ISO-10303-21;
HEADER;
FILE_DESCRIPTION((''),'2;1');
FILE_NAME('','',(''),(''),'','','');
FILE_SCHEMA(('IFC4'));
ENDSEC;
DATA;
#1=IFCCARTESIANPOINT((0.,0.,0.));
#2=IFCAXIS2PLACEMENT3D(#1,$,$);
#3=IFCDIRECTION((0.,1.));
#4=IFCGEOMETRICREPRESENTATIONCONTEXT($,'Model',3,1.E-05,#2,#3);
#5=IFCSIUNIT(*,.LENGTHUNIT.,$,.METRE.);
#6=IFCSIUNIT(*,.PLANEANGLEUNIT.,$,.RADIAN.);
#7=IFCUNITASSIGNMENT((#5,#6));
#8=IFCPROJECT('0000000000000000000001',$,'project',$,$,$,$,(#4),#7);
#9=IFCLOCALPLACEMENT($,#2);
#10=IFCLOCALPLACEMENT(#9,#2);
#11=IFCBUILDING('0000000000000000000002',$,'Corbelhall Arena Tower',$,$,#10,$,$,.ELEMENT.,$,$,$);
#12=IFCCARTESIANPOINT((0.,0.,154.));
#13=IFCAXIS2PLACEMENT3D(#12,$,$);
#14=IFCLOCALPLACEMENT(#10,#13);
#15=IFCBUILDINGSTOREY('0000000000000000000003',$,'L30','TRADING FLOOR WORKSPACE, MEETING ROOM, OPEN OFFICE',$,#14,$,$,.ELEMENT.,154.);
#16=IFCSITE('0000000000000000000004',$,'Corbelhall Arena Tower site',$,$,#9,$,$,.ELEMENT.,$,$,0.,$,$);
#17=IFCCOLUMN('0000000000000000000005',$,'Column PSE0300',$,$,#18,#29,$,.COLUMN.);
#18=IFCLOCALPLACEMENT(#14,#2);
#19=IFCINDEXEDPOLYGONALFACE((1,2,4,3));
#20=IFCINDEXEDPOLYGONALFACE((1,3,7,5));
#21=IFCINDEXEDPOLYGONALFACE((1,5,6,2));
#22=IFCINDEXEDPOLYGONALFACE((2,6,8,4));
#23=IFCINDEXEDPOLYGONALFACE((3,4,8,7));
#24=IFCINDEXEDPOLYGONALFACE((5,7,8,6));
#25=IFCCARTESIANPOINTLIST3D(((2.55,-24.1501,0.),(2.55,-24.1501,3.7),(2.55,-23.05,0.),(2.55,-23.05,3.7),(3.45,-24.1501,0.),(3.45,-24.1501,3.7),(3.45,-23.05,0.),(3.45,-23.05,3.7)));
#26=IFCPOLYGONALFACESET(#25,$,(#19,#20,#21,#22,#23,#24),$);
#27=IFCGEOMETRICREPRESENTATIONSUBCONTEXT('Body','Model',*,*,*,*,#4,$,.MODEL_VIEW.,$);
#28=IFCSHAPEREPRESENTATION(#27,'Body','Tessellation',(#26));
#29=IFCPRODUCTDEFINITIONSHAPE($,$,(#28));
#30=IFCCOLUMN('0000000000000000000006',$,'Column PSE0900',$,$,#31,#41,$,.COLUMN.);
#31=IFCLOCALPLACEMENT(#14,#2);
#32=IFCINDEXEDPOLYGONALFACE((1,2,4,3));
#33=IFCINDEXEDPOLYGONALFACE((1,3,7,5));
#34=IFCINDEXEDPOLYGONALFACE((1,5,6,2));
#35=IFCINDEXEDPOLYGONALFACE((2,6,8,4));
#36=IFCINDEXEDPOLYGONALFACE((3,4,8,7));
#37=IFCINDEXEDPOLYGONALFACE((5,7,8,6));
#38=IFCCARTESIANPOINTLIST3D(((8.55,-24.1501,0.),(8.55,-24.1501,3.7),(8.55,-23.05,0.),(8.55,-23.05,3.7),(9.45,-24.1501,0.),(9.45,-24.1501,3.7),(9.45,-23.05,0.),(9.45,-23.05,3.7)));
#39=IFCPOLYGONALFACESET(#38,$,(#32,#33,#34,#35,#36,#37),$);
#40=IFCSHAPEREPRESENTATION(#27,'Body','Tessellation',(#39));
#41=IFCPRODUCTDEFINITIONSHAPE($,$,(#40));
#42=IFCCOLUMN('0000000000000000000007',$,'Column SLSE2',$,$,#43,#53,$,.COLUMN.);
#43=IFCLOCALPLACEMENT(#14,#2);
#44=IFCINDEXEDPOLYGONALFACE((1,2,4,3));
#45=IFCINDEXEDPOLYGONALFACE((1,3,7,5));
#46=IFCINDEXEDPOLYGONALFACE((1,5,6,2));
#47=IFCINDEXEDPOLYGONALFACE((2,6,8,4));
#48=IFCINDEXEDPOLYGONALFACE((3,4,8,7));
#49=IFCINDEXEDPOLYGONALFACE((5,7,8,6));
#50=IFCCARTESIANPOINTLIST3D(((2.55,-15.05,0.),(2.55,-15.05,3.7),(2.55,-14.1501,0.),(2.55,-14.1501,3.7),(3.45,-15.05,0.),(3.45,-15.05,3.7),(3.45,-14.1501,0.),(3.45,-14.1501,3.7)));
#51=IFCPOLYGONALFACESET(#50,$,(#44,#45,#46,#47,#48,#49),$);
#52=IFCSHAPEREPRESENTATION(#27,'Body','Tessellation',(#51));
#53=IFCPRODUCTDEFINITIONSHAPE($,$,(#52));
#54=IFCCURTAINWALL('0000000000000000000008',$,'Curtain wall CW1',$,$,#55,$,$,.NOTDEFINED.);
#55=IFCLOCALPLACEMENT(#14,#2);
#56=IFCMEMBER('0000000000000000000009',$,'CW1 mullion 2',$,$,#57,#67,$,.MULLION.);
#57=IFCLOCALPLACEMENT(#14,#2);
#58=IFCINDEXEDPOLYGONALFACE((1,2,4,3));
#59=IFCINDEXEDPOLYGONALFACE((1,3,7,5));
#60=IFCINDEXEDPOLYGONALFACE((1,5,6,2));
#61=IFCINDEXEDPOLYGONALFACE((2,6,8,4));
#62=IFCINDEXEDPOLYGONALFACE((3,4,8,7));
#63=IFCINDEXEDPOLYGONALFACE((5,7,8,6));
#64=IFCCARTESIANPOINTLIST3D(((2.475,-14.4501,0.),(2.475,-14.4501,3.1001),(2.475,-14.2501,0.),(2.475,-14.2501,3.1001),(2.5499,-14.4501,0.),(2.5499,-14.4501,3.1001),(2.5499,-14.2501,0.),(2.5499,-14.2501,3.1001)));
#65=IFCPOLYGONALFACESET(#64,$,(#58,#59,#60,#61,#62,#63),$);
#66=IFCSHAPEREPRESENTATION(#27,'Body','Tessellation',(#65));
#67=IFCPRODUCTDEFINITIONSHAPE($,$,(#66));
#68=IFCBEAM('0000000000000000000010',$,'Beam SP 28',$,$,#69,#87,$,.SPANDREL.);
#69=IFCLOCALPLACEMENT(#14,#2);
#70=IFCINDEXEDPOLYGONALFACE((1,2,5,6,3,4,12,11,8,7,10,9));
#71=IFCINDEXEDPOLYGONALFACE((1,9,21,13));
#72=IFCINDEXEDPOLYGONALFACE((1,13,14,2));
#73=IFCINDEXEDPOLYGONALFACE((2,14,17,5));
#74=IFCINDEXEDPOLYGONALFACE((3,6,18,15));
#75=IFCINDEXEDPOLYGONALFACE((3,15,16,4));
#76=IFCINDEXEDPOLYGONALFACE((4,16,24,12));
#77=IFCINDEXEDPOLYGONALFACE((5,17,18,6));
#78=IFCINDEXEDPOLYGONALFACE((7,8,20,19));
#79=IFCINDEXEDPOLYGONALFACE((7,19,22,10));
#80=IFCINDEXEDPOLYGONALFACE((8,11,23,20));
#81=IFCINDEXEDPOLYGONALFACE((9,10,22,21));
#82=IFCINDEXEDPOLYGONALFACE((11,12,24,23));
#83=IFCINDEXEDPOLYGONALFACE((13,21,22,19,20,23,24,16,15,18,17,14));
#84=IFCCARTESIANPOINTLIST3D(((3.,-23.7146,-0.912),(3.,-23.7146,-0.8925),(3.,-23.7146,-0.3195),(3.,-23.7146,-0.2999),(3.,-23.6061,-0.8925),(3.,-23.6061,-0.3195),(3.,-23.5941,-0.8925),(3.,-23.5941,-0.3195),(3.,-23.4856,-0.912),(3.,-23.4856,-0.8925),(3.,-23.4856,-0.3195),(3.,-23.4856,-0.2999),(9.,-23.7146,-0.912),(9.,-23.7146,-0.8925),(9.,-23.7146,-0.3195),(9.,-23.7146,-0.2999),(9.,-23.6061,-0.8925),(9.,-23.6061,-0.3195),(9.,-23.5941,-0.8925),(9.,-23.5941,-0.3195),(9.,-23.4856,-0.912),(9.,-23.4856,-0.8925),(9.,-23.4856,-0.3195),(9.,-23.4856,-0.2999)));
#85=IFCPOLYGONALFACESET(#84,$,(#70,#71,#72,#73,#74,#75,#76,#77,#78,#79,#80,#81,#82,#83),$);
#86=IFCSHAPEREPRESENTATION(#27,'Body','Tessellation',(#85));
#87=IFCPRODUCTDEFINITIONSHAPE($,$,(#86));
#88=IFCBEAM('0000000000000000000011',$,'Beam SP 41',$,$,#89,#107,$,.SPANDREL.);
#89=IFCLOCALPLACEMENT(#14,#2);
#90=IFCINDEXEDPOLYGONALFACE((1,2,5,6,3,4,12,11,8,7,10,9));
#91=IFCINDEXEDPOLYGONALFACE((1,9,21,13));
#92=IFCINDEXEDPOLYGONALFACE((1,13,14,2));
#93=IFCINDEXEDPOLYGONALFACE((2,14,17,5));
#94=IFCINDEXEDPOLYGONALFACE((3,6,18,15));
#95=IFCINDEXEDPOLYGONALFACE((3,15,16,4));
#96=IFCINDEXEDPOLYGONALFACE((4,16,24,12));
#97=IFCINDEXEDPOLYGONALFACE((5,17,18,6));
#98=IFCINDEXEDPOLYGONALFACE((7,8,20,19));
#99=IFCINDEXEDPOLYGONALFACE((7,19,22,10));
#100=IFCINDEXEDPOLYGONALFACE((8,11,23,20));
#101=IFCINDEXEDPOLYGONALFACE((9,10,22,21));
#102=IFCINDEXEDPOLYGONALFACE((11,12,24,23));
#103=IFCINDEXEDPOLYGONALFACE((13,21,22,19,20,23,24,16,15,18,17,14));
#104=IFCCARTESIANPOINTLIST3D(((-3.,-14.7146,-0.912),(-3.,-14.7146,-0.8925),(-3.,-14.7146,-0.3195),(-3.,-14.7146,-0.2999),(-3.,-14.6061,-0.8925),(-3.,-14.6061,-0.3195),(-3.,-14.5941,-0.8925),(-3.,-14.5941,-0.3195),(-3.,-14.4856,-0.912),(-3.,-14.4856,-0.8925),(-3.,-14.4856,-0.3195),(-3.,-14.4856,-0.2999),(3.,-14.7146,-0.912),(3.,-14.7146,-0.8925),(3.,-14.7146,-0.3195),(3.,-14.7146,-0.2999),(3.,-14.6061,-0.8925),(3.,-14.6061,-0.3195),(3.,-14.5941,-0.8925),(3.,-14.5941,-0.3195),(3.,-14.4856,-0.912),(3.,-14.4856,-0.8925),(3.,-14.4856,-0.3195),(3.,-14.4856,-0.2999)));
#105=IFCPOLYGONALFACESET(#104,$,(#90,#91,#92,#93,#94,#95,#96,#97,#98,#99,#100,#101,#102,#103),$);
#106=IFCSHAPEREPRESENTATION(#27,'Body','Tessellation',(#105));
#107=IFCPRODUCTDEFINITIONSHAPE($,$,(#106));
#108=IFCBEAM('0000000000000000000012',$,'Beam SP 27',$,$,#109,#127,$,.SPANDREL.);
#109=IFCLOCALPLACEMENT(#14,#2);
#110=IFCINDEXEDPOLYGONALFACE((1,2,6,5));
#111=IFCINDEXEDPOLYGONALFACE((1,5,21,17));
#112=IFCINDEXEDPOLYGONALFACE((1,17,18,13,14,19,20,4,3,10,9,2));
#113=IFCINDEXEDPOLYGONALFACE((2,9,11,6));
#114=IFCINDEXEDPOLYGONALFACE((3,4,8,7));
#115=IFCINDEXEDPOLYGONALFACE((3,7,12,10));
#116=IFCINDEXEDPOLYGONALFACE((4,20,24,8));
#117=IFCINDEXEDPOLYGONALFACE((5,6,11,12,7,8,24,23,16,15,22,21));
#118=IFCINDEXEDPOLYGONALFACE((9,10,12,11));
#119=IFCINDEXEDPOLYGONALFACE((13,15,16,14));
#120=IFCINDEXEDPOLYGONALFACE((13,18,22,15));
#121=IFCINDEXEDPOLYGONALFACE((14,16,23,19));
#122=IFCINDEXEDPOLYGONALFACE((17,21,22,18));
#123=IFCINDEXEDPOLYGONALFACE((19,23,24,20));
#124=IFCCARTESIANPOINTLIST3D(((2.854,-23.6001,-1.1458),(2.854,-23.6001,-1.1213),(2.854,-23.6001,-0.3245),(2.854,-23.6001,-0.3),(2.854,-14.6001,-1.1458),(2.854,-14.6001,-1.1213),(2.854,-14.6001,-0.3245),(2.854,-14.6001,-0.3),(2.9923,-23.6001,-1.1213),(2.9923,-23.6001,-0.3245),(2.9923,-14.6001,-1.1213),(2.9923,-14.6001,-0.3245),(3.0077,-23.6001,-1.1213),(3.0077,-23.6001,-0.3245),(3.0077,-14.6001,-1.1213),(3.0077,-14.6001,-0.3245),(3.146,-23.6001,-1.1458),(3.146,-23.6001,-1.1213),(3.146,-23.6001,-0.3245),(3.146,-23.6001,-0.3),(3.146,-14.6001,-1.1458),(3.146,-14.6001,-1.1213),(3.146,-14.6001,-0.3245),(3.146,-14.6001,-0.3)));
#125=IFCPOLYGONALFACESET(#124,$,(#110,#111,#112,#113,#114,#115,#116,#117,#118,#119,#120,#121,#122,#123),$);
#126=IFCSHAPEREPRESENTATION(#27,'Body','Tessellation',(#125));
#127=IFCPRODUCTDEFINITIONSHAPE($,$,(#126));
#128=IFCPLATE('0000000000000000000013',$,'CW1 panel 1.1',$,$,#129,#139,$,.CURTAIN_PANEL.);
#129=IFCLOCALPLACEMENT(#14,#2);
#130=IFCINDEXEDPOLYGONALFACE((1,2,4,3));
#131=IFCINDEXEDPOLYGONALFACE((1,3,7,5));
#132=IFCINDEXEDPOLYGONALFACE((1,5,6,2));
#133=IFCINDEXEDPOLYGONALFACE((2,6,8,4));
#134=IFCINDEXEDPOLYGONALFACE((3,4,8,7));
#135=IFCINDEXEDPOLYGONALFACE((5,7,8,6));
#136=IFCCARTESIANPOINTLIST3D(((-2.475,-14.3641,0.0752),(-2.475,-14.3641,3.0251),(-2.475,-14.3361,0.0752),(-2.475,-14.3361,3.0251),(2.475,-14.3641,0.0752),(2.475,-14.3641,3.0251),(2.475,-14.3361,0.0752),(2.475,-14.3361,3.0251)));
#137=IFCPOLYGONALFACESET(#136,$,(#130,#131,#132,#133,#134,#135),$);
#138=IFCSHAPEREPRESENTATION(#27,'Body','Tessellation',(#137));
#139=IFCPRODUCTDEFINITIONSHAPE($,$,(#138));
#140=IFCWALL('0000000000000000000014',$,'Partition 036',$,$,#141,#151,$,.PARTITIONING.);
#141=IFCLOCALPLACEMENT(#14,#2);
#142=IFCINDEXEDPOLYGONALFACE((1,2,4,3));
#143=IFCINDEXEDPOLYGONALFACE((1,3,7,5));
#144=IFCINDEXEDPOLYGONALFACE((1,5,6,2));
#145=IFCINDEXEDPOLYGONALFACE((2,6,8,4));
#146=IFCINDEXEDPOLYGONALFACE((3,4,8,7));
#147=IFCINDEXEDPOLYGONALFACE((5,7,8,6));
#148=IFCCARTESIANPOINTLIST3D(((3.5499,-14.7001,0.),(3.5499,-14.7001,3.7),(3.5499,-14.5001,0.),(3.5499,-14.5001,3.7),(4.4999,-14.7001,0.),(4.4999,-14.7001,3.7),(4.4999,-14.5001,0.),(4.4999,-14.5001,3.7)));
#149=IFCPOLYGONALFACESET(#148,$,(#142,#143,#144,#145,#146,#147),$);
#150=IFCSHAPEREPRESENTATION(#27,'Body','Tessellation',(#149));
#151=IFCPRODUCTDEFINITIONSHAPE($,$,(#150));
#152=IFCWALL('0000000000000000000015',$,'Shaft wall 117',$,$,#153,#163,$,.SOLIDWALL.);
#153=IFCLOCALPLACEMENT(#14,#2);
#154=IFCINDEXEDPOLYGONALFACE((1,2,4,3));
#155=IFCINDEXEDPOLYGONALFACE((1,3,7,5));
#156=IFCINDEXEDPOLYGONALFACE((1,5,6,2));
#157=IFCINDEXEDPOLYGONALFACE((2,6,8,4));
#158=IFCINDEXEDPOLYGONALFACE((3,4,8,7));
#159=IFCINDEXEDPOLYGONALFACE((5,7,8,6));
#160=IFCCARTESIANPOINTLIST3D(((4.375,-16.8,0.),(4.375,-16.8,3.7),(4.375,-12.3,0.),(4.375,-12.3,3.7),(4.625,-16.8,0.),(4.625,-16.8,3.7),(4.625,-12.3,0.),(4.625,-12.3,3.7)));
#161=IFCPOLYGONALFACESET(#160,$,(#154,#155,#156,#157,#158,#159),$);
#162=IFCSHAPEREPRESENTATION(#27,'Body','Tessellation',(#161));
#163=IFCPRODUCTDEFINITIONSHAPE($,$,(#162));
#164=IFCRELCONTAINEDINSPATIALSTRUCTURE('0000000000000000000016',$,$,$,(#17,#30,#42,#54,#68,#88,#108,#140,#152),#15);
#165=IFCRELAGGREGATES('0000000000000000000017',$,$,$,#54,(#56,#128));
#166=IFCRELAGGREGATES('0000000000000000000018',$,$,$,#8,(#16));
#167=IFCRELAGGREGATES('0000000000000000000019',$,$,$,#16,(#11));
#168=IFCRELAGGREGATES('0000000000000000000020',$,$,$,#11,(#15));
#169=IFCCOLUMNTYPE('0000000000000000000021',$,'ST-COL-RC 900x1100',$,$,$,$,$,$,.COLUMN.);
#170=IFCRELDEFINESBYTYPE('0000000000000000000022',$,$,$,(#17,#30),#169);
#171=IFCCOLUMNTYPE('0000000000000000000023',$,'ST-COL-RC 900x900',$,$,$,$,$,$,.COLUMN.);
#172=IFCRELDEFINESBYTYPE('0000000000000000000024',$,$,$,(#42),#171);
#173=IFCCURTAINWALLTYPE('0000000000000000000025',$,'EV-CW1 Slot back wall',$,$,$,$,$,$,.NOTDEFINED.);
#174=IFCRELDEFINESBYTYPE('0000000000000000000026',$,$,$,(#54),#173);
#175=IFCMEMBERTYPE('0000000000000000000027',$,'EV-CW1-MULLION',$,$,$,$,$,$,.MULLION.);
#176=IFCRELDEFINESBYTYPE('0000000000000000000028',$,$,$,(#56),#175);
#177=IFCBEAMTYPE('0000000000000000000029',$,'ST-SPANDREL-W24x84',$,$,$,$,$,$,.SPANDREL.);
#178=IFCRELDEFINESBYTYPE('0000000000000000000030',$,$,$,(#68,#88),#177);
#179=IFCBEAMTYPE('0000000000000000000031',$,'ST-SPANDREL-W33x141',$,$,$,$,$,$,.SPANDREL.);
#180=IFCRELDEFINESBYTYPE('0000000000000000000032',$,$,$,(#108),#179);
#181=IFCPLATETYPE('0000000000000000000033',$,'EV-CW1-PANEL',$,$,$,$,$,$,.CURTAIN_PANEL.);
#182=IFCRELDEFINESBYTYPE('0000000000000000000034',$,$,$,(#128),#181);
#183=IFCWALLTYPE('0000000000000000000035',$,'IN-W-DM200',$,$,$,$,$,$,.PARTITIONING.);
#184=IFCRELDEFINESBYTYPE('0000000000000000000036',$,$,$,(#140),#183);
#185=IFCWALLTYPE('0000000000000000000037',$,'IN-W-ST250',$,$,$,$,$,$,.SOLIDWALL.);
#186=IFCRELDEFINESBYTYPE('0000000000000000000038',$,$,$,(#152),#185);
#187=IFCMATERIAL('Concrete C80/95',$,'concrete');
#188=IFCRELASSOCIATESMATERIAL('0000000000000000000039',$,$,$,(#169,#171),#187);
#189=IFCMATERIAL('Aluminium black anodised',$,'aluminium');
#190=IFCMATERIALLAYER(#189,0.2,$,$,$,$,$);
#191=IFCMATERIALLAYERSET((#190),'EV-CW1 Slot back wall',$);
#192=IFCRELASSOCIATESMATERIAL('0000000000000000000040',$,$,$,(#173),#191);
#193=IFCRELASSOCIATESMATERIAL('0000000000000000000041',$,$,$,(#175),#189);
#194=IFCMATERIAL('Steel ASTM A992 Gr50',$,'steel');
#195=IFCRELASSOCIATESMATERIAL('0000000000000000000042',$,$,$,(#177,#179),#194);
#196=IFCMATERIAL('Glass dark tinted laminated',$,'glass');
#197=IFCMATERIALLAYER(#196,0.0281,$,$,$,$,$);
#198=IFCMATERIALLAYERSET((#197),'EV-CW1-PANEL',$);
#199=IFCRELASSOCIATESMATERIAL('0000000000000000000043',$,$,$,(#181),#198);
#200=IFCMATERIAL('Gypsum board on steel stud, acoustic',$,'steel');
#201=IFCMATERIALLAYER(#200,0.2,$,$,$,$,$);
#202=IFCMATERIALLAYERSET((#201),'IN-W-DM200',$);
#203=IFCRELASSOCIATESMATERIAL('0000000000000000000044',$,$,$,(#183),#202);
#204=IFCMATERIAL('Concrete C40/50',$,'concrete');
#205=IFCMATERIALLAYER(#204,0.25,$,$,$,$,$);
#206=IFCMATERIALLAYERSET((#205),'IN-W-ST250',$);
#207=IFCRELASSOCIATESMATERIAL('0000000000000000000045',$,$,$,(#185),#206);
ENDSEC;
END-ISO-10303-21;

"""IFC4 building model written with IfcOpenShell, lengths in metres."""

from ifc_helpers import new_model, si_unit, direction, frame, frame_2d, origin, origin_2d, place, context, subcontext, project, spatial, rectangle, i_section, extrude, material, layer, layer_set, material_profile, profile_set, type_object, element, aggregate, save


model = new_model("IFC4")

# Units and contexts
model_context = context("Model", 3, precision=1e-05, world=origin(), true_north=direction((0.0, 1.0)))
body_context = subcontext(model_context, "Body", "Model", "MODEL_VIEW")
ifc_project = project(units=[si_unit("LENGTHUNIT", "METRE"), si_unit("PLANEANGLEUNIT", "RADIAN")], contexts=[model_context])

# Site, building, storey
site_placement = place(None, origin())
site = spatial("IfcSite", under=ifc_project, at=site_placement, Name="Corbelhall Arena Tower site", CompositionType="ELEMENT", RefElevation=0.0)
building_placement = place(site_placement, origin())
building = spatial("IfcBuilding", under=site, at=building_placement, Name="Corbelhall Arena Tower", CompositionType="ELEMENT")
storey_placement = place(building_placement, frame((0.0, 0.0, 154.0)))
storey = spatial("IfcBuildingStorey", under=building, at=storey_placement, Name="L30", Description="TRADING FLOOR WORKSPACE, MEETING ROOM, OPEN OFFICE", CompositionType="ELEMENT", Elevation=154.0)

# Columns
ifc_material_1 = material(Name="Concrete C80/95", Category="concrete")
ifc_material_profile_1 = material_profile(ifc_material_1, rectangle(XDim=0.8999, YDim=1.1001, at=origin_2d()))
ifc_profile_set_1 = profile_set([ifc_material_profile_1], Name="Concrete C80/95")
column_type_1 = type_object("IfcColumnType", Name="ST-COL-RC 900x1100", PredefinedType="COLUMN", material=ifc_profile_set_1)
for number, where, z_axis, x_axis, name in (
    (1, (3.0, -23.6001, 0.0), (0.0, 0.0, 1.0), (1.0, 0.0, 0.0), "Column PSE0300"),
    (2, (9.0, -23.6001, 0.0), (0.0, 0.0, 1.0), (1.0, 0.0, 0.0), "Column PSE0900"),
):
    element("IfcColumn", number, at=place(storey_placement, frame(where, z_axis=z_axis, x_axis=x_axis)), inside=storey, type_object=column_type_1, Name=name, PredefinedType="COLUMN", context=body_context, shape_type="SweptSolid", body=[
        extrude(rectangle(XDim=0.8999, YDim=1.1001, at=origin_2d()), origin(), (0.0, 0.0, 1.0), 3.7),
    ])
ifc_material_profile_2 = material_profile(ifc_material_1, rectangle(XDim=0.8999, YDim=0.8999, at=origin_2d()))
ifc_profile_set_2 = profile_set([ifc_material_profile_2], Name="Concrete C80/95")
column_type_2 = type_object("IfcColumnType", Name="ST-COL-RC 900x900", PredefinedType="COLUMN", material=ifc_profile_set_2)
column_placement = place(storey_placement, frame((3.0, -14.6001, 0.0), z_axis=(0.0, 0.0, 1.0), x_axis=(1.0, 0.0, 0.0)))
element("IfcColumn", 3, at=column_placement, inside=storey, type_object=column_type_2, Name="Column SLSE2", PredefinedType="COLUMN", context=body_context, shape_type="SweptSolid", body=[
    extrude(rectangle(XDim=0.8999, YDim=0.8999, at=origin_2d()), origin(), (0.0, 0.0, 1.0), 3.7),
])

# Curtain wall, member
ifc_material_2 = material(Name="Aluminium black anodised", Category="aluminium")
ifc_layer_1 = layer(ifc_material_2, 0.2)
ifc_layer_set_1 = layer_set([ifc_layer_1], Name="EV-CW1 Slot back wall")
curtain_wall_type = type_object("IfcCurtainWallType", Name="EV-CW1 Slot back wall", PredefinedType="NOTDEFINED", material=ifc_layer_set_1)
curtain_wall_placement = place(storey_placement, origin())
curtain_wall = element("IfcCurtainWall", 4, at=curtain_wall_placement, inside=storey, type_object=curtain_wall_type, Name="Curtain wall CW1", PredefinedType="NOTDEFINED")
ifc_material_profile_3 = material_profile(ifc_material_2, rectangle(XDim=0.2, YDim=0.075, at=origin_2d()))
ifc_profile_set_3 = profile_set([ifc_material_profile_3], Name="Aluminium black anodised")
member_type = type_object("IfcMemberType", Name="EV-CW1-MULLION", PredefinedType="MULLION", material=ifc_profile_set_3)
member_placement = place(storey_placement, frame((2.5125, -14.3501, 0.0), z_axis=(0.0, 0.0, 1.0), x_axis=(0.0, 1.0, 0.0)))
member = element("IfcMember", 5, at=member_placement, type_object=member_type, Name="CW1 mullion 2", PredefinedType="MULLION", context=body_context, shape_type="SweptSolid", body=[
    extrude(rectangle(XDim=0.2, YDim=0.075, at=origin_2d()), origin(), (0.0, 0.0, 1.0), 3.1001),
])

# Beams
ifc_material_3 = material(Name="Steel ASTM A992 Gr50", Category="steel")
ifc_material_profile_4 = material_profile(ifc_material_3, i_section(OverallWidth=0.229, OverallDepth=0.6121, WebThickness=0.012, FlangeThickness=0.0195, at=origin_2d()))
ifc_profile_set_4 = profile_set([ifc_material_profile_4], Name="Steel ASTM A992 Gr50")
beam_type_1 = type_object("IfcBeamType", Name="ST-SPANDREL-W24x84", PredefinedType="SPANDREL", material=ifc_profile_set_4)
for number, where, z_axis, x_axis, name in (
    (6, (9.0, -23.6001, -0.606), (-1.0, 0.0, 0.0), (0.0, -1.0, 0.0), "Beam SP 28"),
    (7, (3.0, -14.6001, -0.606), (-1.0, 0.0, 0.0), (0.0, -1.0, 0.0), "Beam SP 41"),
):
    element("IfcBeam", number, at=place(storey_placement, frame(where, z_axis=z_axis, x_axis=x_axis)), inside=storey, type_object=beam_type_1, Name=name, PredefinedType="SPANDREL", context=body_context, shape_type="SweptSolid", body=[
        extrude(i_section(OverallWidth=0.229, OverallDepth=0.6121, WebThickness=0.012, FlangeThickness=0.0195, at=origin_2d()), origin(), (0.0, 0.0, 1.0), 6.0),
    ])
ifc_material_profile_5 = material_profile(ifc_material_3, i_section(OverallWidth=0.292, OverallDepth=0.8457, WebThickness=0.0154, FlangeThickness=0.0244, at=origin_2d()))
ifc_profile_set_5 = profile_set([ifc_material_profile_5], Name="Steel ASTM A992 Gr50")
beam_type_2 = type_object("IfcBeamType", Name="ST-SPANDREL-W33x141", PredefinedType="SPANDREL", material=ifc_profile_set_5)
beam_placement = place(storey_placement, frame((3.0, -23.6001, -0.7229), z_axis=(0.0, 1.0, 0.0), x_axis=(-1.0, 0.0, 0.0)))
element("IfcBeam", 8, at=beam_placement, inside=storey, type_object=beam_type_2, Name="Beam SP 27", PredefinedType="SPANDREL", context=body_context, shape_type="SweptSolid", body=[
    extrude(i_section(OverallWidth=0.292, OverallDepth=0.8457, WebThickness=0.0154, FlangeThickness=0.0244, at=origin_2d()), origin(), (0.0, 0.0, 1.0), 9.0),
])

# Plate
ifc_material_4 = material(Name="Glass dark tinted laminated", Category="glass")
ifc_layer_2 = layer(ifc_material_4, 0.0281)
ifc_layer_set_2 = layer_set([ifc_layer_2], Name="EV-CW1-PANEL")
plate_type = type_object("IfcPlateType", Name="EV-CW1-PANEL", PredefinedType="CURTAIN_PANEL", material=ifc_layer_set_2)
plate_placement = place(storey_placement, frame((0.0, -14.3501, 0.0752), z_axis=(0.0, 0.0, 1.0), x_axis=(1.0, 0.0, 0.0)))
plate = element("IfcPlate", 9, at=plate_placement, type_object=plate_type, Name="CW1 panel 1.1", PredefinedType="CURTAIN_PANEL", context=body_context, shape_type="SweptSolid", body=[
    extrude(rectangle(XDim=4.95, YDim=0.0281, at=origin_2d()), origin(), (0.0, 0.0, 1.0), 2.95),
])
aggregate(curtain_wall, [member, plate])

# Walls
ifc_material_5 = material(Name="Gypsum board on steel stud, acoustic", Category="steel")
ifc_layer_3 = layer(ifc_material_5, 0.2)
ifc_layer_set_3 = layer_set([ifc_layer_3], Name="IN-W-DM200")
wall_type_1 = type_object("IfcWallType", Name="IN-W-DM200", PredefinedType="PARTITIONING", material=ifc_layer_set_3)
wall_1_placement = place(storey_placement, frame((4.5, -14.6001, 0.0), z_axis=(0.0, 0.0, 1.0), x_axis=(-1.0, 0.0, 0.0)))
element("IfcWall", 10, at=wall_1_placement, inside=storey, type_object=wall_type_1, Name="Partition 036", PredefinedType="PARTITIONING", context=body_context, shape_type="SweptSolid", body=[
    extrude(rectangle(XDim=0.95, YDim=0.2, at=frame_2d((0.4751, 0.0))), origin(), (0.0, 0.0, 1.0), 3.7),
])
ifc_material_6 = material(Name="Concrete C40/50", Category="concrete")
ifc_layer_4 = layer(ifc_material_6, 0.25)
ifc_layer_set_4 = layer_set([ifc_layer_4], Name="IN-W-ST250")
wall_type_2 = type_object("IfcWallType", Name="IN-W-ST250", PredefinedType="SOLIDWALL", material=ifc_layer_set_4)
wall_2_placement = place(storey_placement, frame((4.5, -16.8, 0.0), z_axis=(0.0, 0.0, 1.0), x_axis=(0.0, 1.0, 0.0)))
element("IfcWall", 11, at=wall_2_placement, inside=storey, type_object=wall_type_2, Name="Shaft wall 117", PredefinedType="SOLIDWALL", context=body_context, shape_type="SweptSolid", body=[
    extrude(rectangle(XDim=4.5, YDim=0.25, at=frame_2d((2.25, 0.0))), origin(), (0.0, 0.0, 1.0), 3.7),
])

save(model, "model.ifc")
